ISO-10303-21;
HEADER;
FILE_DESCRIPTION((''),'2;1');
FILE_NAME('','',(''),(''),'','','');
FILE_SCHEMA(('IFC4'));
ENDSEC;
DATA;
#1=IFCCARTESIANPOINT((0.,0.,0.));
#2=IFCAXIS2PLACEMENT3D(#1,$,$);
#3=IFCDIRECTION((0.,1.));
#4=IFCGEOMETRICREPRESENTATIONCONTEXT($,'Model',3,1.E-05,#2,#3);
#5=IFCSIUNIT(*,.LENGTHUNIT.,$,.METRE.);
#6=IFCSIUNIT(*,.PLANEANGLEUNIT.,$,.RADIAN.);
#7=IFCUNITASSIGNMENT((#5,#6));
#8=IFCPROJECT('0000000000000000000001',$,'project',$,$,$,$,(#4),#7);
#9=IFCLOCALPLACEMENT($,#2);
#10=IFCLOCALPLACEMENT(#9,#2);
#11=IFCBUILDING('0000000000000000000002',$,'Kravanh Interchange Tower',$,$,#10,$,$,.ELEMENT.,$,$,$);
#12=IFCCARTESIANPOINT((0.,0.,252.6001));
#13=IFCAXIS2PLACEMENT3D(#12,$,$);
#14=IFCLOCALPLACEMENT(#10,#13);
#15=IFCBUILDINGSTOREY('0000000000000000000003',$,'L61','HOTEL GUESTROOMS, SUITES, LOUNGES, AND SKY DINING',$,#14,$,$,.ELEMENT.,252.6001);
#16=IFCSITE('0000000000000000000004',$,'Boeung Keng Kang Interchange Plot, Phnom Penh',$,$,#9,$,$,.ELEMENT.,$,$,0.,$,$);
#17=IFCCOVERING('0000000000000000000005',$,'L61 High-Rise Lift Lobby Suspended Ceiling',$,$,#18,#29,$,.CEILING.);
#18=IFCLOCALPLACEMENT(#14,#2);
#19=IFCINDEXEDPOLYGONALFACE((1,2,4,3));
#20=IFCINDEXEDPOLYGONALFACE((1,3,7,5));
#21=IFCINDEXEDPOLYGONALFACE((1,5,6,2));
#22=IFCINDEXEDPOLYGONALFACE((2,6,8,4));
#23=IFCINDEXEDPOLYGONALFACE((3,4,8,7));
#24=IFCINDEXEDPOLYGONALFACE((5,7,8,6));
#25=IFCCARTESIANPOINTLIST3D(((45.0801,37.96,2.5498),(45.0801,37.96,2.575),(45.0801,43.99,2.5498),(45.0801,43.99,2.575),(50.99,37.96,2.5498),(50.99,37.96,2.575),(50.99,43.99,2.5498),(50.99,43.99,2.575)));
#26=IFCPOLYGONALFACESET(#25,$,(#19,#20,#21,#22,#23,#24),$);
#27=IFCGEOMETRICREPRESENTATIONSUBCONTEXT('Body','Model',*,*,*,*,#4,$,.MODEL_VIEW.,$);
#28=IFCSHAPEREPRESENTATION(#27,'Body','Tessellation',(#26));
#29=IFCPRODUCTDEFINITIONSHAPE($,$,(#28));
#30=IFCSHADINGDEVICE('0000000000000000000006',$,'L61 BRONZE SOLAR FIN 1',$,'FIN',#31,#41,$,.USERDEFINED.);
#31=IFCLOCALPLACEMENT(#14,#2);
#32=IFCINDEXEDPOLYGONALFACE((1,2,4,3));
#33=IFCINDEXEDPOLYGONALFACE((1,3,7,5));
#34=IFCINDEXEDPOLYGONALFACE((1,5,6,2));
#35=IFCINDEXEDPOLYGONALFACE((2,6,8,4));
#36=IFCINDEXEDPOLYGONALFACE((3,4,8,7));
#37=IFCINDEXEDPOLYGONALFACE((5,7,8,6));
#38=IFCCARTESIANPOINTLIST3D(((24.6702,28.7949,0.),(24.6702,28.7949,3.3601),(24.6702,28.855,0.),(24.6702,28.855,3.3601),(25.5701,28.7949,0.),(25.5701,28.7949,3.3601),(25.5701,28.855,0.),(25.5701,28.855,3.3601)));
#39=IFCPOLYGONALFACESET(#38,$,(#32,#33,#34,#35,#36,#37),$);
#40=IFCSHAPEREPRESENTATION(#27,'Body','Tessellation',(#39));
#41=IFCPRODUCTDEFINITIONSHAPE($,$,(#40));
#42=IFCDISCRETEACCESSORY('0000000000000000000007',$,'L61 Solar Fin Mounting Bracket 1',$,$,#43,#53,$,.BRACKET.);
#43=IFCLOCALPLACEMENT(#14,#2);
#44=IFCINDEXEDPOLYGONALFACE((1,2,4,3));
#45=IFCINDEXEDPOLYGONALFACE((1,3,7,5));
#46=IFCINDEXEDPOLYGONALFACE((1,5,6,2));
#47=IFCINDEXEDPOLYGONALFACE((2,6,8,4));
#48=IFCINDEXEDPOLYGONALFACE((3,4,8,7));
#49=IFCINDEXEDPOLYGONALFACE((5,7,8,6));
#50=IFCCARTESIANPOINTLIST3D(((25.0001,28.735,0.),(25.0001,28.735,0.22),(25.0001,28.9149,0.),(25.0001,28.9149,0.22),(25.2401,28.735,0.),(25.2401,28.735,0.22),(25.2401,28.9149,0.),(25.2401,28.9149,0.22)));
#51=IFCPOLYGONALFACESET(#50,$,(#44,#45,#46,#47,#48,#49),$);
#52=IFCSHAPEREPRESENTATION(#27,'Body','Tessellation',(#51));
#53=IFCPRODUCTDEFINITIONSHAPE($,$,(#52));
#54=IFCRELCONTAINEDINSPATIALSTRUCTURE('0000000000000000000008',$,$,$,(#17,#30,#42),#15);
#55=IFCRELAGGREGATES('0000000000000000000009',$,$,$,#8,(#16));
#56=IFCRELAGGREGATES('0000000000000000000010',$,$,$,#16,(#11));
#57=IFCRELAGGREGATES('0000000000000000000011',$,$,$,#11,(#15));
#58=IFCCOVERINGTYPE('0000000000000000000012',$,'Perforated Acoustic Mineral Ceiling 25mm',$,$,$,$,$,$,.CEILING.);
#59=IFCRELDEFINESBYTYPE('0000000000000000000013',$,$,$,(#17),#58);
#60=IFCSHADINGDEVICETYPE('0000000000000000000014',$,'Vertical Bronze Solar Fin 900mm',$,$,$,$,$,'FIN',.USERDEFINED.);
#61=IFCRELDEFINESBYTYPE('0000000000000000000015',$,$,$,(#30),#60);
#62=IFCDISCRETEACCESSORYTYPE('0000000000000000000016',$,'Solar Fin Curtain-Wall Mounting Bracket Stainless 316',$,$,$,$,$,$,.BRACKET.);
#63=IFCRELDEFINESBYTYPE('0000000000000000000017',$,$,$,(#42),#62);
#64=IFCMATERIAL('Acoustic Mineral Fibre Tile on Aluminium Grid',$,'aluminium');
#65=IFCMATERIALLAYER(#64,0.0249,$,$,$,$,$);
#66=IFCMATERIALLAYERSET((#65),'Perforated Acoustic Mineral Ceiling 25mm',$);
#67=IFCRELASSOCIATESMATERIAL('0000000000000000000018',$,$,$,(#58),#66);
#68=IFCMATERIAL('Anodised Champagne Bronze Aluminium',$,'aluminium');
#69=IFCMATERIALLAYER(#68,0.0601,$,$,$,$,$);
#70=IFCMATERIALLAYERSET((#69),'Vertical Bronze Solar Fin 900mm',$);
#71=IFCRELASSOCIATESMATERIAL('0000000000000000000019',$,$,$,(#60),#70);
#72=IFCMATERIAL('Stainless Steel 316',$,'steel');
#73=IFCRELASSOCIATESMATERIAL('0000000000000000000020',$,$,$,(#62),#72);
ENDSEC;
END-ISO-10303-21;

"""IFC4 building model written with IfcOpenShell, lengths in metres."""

from ifc_helpers import new_model, si_unit, direction, frame, origin, origin_2d, place, context, subcontext, project, spatial, polyline, rectangle, outline, extrude, material, layer, layer_set, type_object, element, save


model = new_model("IFC4")

# Units and contexts
model_context = context("Model", 3, precision=1e-05, world=origin(), true_north=direction((0.0, 1.0)))
body_context = subcontext(model_context, "Body", "Model", "MODEL_VIEW")
ifc_project = project(units=[si_unit("LENGTHUNIT", "METRE"), si_unit("PLANEANGLEUNIT", "RADIAN")], contexts=[model_context])

# Site, building, storey
site_placement = place(None, origin())
site = spatial("IfcSite", under=ifc_project, at=site_placement, Name="Boeung Keng Kang Interchange Plot, Phnom Penh", CompositionType="ELEMENT", RefElevation=0.0)
building_placement = place(site_placement, origin())
building = spatial("IfcBuilding", under=site, at=building_placement, Name="Kravanh Interchange Tower", CompositionType="ELEMENT")
storey_placement = place(building_placement, frame((0.0, 0.0, 252.6001)))
storey = spatial("IfcBuildingStorey", under=building, at=storey_placement, Name="L61", Description="HOTEL GUESTROOMS, SUITES, LOUNGES, AND SKY DINING", CompositionType="ELEMENT", Elevation=252.6001)

# Covering
ifc_material_1 = material(Name="Acoustic Mineral Fibre Tile on Aluminium Grid", Category="aluminium")
ifc_layer_1 = layer(ifc_material_1, 0.0249)
ifc_layer_set_1 = layer_set([ifc_layer_1], Name="Perforated Acoustic Mineral Ceiling 25mm")
covering_type_1 = type_object("IfcCoveringType", Name="Perforated Acoustic Mineral Ceiling 25mm", PredefinedType="CEILING", material=ifc_layer_set_1)
covering_1_placement = place(storey_placement, frame((0.0, 0.0, 2.5498)))
element("IfcCovering", 1, at=covering_1_placement, inside=storey, type_object=covering_type_1, Name="L61 High-Rise Lift Lobby Suspended Ceiling", PredefinedType="CEILING", context=body_context, shape_type="SweptSolid", body=[
    extrude(outline(polyline([(50.99, 37.96), (45.0801, 37.96), (45.0801, 43.99), (50.99, 43.99), (50.99, 37.96)])), origin(), (0.0, 0.0, 1.0), 0.0251),
])

# Shading device
ifc_material_2 = material(Name="Anodised Champagne Bronze Aluminium", Category="aluminium")
ifc_layer_2 = layer(ifc_material_2, 0.0601)
ifc_layer_set_2 = layer_set([ifc_layer_2], Name="Vertical Bronze Solar Fin 900mm")
shading_device_type = type_object("IfcShadingDeviceType", Name="Vertical Bronze Solar Fin 900mm", ElementType="FIN", PredefinedType="USERDEFINED", material=ifc_layer_set_2)
shading_device_placement = place(storey_placement, frame((25.1201, 28.825, 0.0), z_axis=(0.0, 0.0, 1.0), x_axis=(-1.0, 0.0, 0.0)))
element("IfcShadingDevice", 2, at=shading_device_placement, inside=storey, type_object=shading_device_type, Name="L61 BRONZE SOLAR FIN 1", ObjectType="FIN", PredefinedType="USERDEFINED", context=body_context, shape_type="SweptSolid", body=[
    extrude(rectangle(XDim=0.8999, YDim=0.0601, at=origin_2d()), origin(), (0.0, 0.0, 1.0), 3.3601),
])

# Discrete accessory
ifc_material_3 = material(Name="Stainless Steel 316", Category="steel")
discrete_accessory_type = type_object("IfcDiscreteAccessoryType", Name="Solar Fin Curtain-Wall Mounting Bracket Stainless 316", PredefinedType="BRACKET", material=ifc_material_3)
discrete_accessory_placement = place(storey_placement, frame((25.1201, 28.825, 0.0), z_axis=(0.0, 0.0, 1.0), x_axis=(-1.0, 0.0, 0.0)))
element("IfcDiscreteAccessory", 3, at=discrete_accessory_placement, inside=storey, type_object=discrete_accessory_type, Name="L61 Solar Fin Mounting Bracket 1", PredefinedType="BRACKET", context=body_context, shape_type="SweptSolid", body=[
    extrude(rectangle(XDim=0.24, YDim=0.1799, at=origin_2d()), origin(), (0.0, 0.0, 1.0), 0.22),
])

save(model, "model.ifc")
